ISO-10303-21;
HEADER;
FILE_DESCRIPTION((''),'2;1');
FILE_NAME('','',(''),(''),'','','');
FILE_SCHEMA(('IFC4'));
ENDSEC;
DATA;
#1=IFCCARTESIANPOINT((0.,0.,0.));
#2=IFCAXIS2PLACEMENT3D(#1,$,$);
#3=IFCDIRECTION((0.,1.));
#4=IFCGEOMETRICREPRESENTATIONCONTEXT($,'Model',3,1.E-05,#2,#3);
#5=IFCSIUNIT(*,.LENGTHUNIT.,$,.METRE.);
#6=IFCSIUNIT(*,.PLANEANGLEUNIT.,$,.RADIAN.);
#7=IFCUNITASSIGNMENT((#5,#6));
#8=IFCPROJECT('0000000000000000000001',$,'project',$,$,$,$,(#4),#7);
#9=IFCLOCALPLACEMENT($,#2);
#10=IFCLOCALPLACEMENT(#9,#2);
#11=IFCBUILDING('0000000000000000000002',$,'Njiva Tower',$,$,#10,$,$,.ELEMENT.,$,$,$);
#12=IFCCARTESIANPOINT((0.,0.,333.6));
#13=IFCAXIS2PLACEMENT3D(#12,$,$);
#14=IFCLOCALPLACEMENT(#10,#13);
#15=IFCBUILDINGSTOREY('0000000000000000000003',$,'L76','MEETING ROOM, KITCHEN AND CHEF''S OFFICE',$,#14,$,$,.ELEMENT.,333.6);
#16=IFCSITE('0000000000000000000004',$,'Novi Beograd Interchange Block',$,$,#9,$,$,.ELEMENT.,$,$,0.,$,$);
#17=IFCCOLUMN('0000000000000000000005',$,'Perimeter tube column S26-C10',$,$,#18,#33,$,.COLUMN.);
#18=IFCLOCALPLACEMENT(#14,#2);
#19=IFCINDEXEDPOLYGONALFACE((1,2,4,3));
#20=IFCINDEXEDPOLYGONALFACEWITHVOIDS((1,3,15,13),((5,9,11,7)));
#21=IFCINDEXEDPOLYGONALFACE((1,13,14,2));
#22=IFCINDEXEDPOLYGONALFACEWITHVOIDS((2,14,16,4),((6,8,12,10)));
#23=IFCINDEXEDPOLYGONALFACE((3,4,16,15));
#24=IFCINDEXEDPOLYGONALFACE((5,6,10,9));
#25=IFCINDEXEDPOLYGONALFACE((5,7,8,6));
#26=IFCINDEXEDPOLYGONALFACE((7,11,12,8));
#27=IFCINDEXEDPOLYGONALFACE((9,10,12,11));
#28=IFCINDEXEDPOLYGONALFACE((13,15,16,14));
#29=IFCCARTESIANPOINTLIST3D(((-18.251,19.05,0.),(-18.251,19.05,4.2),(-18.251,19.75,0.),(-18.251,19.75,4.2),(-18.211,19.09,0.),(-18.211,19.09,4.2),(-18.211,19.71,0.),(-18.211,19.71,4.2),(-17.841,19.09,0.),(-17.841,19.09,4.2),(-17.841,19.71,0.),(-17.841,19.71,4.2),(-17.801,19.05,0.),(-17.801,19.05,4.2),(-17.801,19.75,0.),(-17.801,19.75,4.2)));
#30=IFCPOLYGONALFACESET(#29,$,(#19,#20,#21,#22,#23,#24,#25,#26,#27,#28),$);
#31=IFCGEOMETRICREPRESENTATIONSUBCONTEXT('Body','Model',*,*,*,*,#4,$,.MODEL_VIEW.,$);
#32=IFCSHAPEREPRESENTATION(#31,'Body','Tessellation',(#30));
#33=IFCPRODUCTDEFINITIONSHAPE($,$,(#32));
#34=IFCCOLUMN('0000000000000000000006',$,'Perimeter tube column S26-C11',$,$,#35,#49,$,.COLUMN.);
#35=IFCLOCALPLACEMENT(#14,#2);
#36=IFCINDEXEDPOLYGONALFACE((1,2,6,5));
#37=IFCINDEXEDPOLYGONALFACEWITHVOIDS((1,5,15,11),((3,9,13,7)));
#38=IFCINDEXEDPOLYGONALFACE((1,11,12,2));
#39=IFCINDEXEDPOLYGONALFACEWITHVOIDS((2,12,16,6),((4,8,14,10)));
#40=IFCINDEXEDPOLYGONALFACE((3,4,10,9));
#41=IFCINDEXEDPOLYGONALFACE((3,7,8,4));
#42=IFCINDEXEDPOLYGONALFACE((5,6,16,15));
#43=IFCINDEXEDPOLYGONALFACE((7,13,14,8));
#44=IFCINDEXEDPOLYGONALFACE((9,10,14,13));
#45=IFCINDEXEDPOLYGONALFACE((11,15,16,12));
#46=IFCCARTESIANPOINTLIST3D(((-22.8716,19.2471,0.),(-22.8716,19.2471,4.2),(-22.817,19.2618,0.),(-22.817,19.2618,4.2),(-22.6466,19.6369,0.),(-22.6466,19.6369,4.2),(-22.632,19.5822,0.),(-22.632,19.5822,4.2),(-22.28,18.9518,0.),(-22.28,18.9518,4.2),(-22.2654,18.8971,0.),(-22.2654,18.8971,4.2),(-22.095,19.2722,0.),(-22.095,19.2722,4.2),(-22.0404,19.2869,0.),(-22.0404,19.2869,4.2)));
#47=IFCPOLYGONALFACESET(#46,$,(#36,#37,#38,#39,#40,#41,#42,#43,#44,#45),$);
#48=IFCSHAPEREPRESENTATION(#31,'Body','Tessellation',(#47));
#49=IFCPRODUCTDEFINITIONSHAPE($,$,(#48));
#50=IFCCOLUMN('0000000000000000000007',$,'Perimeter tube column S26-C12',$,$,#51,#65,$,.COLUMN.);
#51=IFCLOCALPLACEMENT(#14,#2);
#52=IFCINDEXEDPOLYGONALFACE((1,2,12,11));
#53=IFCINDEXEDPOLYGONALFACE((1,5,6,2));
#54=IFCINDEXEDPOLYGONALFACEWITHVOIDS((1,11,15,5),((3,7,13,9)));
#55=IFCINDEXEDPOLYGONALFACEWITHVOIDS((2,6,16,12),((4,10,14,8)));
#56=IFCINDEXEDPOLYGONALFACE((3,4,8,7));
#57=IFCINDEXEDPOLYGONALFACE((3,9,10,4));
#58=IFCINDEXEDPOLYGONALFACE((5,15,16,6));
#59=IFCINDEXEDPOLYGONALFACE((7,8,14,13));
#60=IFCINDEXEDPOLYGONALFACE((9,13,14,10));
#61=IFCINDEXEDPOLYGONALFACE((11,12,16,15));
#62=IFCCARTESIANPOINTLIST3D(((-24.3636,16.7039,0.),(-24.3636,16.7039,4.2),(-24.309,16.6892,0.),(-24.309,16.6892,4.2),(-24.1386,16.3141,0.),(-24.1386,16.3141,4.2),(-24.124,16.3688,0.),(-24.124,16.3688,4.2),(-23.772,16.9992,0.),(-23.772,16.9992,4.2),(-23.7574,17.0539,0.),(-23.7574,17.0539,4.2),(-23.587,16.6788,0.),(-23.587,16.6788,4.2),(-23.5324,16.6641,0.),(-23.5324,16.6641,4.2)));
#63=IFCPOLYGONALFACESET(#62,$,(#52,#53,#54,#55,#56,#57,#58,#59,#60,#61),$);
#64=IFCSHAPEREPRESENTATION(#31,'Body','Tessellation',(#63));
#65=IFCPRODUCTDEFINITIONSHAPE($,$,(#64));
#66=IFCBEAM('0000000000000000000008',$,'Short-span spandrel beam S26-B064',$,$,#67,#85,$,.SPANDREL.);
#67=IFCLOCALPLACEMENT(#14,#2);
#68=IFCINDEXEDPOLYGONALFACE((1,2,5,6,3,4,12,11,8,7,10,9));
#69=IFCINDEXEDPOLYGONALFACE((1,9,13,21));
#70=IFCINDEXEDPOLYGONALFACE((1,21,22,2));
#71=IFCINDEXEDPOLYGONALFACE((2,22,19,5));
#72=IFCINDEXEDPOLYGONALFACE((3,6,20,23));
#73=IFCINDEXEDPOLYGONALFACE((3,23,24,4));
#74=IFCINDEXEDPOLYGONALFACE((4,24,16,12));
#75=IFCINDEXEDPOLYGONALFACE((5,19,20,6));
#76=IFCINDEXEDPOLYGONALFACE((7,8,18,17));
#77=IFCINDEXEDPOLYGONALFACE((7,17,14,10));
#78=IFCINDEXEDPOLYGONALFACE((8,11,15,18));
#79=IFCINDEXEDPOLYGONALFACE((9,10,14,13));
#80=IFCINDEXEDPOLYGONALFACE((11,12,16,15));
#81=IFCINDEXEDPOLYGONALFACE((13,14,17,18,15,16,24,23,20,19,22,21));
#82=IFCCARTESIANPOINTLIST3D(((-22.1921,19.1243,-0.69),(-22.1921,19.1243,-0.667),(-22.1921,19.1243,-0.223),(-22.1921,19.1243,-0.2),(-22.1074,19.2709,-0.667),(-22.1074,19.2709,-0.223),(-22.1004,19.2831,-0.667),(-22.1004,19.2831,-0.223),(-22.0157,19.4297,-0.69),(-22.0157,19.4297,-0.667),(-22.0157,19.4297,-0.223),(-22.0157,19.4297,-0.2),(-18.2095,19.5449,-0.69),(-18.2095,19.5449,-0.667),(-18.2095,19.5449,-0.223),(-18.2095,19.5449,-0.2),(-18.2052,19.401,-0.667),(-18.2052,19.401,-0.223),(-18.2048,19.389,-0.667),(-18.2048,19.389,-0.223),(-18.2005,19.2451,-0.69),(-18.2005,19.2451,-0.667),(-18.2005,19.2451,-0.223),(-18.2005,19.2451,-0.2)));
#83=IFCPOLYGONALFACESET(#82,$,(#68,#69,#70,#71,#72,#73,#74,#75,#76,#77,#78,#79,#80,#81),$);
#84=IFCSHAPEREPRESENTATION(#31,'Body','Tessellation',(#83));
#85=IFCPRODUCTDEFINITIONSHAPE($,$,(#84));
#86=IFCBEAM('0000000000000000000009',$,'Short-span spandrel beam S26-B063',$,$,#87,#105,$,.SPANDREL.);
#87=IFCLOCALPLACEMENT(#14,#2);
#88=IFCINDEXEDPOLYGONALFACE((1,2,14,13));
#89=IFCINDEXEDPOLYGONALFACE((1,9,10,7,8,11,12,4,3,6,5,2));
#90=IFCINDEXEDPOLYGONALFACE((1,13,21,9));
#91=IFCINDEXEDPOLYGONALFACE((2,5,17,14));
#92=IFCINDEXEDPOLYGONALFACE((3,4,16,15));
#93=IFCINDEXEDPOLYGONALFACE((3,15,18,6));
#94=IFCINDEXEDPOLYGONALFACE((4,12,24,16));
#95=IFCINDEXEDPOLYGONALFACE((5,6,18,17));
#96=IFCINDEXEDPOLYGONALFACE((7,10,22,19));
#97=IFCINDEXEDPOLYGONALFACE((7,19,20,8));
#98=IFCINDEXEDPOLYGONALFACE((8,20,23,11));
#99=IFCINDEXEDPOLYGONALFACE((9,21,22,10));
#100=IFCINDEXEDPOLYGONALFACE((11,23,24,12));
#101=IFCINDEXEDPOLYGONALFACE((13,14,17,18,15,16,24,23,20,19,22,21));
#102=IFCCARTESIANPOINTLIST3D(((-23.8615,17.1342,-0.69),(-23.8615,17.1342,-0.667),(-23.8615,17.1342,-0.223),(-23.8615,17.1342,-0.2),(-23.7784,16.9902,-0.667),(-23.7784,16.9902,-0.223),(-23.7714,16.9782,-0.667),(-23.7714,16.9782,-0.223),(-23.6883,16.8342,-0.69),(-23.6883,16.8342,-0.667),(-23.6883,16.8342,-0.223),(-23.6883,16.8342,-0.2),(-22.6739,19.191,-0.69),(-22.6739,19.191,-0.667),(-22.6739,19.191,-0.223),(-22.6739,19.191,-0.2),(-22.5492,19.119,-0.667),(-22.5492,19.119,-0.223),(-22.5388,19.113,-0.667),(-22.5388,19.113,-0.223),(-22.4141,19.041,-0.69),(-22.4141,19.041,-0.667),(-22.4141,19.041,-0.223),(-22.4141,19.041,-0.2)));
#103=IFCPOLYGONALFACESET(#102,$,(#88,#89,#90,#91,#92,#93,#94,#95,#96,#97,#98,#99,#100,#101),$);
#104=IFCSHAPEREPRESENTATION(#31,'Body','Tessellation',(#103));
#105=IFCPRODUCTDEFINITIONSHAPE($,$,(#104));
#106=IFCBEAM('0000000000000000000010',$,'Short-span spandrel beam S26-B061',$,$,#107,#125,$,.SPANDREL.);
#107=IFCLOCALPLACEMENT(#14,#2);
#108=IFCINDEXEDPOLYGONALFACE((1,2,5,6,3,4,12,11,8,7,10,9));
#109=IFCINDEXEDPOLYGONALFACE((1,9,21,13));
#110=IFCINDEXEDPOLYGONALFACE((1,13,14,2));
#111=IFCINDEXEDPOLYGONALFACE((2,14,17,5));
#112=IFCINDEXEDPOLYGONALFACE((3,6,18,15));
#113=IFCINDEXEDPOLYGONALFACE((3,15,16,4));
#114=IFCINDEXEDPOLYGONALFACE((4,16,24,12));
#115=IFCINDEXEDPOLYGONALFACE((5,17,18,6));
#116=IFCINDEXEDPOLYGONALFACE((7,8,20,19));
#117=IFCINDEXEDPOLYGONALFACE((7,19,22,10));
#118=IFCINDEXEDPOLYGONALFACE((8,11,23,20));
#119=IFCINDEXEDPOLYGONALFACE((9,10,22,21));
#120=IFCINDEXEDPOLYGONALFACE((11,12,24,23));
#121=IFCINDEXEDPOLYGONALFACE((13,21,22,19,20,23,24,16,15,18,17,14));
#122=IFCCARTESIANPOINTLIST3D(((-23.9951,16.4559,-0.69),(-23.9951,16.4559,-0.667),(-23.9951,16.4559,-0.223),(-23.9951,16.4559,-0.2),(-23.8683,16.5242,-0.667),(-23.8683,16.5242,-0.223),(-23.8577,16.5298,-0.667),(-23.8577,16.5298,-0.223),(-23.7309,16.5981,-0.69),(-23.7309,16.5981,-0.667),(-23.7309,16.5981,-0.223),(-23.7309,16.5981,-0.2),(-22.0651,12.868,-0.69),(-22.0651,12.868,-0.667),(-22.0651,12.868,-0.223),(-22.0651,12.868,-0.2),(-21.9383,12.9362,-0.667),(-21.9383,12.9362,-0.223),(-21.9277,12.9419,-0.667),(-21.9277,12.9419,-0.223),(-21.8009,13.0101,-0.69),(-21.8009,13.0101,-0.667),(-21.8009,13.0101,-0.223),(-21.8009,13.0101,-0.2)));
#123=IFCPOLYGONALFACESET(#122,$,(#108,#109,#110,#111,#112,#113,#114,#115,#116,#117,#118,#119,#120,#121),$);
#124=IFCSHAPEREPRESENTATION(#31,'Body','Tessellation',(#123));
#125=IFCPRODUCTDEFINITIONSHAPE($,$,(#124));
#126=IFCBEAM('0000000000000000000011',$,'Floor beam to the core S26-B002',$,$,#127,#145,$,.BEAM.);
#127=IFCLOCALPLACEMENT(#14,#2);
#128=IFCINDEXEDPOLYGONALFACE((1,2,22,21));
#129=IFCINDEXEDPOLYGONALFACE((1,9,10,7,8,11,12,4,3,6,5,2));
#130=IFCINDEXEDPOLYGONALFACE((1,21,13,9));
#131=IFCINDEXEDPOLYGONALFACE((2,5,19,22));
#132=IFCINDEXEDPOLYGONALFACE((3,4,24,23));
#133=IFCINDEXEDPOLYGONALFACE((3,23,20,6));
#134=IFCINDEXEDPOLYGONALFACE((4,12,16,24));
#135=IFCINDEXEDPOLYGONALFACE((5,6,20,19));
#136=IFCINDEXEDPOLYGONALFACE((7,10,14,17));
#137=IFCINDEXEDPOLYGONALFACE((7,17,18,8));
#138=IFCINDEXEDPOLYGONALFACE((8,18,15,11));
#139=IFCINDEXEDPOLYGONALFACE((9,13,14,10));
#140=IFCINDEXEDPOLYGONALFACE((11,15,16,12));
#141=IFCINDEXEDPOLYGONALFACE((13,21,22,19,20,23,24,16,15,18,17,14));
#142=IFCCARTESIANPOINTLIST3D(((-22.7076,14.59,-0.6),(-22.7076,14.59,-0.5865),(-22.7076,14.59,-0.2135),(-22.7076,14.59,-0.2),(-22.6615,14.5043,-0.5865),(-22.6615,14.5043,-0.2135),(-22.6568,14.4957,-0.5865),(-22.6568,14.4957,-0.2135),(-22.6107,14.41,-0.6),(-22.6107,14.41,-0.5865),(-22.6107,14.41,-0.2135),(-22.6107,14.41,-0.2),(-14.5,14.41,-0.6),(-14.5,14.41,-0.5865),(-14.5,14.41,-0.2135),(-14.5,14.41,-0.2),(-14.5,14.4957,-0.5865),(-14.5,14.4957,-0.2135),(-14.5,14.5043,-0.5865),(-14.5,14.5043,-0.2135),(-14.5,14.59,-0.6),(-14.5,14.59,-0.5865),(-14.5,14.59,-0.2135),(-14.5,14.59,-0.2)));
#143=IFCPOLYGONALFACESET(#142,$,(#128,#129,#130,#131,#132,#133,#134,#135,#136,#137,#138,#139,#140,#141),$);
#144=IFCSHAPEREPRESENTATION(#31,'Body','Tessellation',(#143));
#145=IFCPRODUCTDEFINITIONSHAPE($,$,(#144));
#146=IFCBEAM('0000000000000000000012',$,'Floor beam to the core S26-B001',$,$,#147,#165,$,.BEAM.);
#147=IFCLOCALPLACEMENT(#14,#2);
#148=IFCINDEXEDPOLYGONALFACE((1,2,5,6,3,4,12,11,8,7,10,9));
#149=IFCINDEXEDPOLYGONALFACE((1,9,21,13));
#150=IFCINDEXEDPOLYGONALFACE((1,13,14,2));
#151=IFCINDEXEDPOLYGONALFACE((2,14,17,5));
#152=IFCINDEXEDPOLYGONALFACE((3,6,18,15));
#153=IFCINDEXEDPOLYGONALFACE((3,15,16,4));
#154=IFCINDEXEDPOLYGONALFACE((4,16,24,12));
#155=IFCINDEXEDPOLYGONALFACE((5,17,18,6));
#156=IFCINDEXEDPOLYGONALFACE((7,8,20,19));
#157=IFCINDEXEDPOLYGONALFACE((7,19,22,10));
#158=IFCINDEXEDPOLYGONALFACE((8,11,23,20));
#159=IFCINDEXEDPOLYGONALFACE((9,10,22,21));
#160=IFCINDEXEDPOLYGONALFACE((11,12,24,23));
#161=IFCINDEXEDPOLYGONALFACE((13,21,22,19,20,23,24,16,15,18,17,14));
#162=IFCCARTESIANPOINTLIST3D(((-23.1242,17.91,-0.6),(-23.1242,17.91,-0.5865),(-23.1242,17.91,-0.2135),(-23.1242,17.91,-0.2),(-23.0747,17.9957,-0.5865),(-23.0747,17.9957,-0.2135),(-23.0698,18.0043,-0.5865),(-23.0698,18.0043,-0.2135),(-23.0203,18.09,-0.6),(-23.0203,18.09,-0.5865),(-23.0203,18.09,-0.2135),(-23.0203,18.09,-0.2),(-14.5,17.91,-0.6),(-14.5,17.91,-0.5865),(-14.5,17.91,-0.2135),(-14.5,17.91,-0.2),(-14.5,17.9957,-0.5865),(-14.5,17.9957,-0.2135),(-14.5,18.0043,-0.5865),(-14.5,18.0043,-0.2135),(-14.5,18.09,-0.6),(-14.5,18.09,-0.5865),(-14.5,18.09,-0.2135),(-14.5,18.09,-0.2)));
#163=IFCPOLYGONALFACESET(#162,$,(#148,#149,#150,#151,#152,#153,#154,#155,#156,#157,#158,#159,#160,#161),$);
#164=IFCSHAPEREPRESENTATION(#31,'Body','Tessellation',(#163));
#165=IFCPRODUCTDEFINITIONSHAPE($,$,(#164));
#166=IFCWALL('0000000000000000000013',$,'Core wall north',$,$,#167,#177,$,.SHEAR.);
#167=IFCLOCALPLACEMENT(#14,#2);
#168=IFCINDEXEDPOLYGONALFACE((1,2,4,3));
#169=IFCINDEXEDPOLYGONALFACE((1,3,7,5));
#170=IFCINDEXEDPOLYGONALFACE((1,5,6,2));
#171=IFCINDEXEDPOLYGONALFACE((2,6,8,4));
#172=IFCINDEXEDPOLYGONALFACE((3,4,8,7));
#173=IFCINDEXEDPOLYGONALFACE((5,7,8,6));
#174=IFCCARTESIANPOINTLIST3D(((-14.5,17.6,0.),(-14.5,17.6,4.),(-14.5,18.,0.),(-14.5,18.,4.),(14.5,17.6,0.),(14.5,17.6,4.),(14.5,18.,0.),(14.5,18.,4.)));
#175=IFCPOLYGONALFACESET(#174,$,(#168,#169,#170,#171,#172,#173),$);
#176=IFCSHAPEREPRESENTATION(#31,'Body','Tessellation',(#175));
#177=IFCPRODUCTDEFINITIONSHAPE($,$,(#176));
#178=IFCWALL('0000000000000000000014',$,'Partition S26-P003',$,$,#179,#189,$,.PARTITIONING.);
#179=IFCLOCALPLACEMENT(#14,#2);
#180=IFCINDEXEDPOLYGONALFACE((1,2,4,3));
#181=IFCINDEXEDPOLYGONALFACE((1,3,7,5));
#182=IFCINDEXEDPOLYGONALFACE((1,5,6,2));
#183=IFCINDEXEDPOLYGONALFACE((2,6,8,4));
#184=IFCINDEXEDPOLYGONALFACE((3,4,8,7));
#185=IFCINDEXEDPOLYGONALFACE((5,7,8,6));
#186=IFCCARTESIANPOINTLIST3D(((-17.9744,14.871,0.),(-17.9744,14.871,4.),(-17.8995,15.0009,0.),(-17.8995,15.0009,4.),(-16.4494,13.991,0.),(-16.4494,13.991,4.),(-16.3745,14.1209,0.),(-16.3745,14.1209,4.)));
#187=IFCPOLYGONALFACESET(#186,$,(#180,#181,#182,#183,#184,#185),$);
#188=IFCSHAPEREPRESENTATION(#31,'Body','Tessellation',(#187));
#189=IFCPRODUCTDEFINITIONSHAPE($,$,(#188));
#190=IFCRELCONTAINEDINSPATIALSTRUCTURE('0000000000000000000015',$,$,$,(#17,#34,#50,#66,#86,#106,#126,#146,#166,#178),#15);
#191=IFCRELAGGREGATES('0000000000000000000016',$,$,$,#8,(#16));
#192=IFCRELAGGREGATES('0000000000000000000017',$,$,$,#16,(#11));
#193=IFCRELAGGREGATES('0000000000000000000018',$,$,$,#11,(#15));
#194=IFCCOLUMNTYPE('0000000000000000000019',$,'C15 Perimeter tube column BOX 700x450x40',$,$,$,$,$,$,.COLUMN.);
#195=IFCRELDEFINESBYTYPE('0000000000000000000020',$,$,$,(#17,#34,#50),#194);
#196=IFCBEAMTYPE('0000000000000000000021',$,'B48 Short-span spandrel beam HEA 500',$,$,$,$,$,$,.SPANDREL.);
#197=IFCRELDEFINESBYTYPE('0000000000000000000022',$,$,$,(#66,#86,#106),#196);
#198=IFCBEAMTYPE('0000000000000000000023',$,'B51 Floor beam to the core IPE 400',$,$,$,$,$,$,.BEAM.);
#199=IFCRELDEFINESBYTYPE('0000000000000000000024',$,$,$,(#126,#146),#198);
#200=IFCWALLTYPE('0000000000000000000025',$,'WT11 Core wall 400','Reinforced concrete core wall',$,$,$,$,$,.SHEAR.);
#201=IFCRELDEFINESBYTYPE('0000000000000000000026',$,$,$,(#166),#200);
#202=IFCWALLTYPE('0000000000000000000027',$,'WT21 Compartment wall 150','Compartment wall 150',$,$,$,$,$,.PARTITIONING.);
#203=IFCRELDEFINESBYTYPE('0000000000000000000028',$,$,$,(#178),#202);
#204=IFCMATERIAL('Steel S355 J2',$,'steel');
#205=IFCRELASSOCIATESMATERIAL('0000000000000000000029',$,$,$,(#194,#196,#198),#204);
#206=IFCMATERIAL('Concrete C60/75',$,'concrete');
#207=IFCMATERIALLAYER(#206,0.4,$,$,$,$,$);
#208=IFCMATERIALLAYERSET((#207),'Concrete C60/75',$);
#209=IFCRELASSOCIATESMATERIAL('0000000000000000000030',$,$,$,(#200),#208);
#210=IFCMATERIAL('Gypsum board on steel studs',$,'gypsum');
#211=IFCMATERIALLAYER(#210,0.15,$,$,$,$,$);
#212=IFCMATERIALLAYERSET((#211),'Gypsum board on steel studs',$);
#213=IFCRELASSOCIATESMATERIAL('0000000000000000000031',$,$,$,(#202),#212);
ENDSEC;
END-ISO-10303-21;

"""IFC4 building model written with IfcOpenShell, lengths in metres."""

from ifc_helpers import new_model, si_unit, direction, frame, frame_2d, origin, origin_2d, place, context, subcontext, project, spatial, rectangle, hollow_rectangle, i_section, extrude, clip, halfspace, material, layer, layer_set, material_profile, profile_set, type_object, element, save


model = new_model("IFC4")

# Units and contexts
model_context = context("Model", 3, precision=1e-05, world=origin(), true_north=direction((0.0, 1.0)))
body_context = subcontext(model_context, "Body", "Model", "MODEL_VIEW")
ifc_project = project(units=[si_unit("LENGTHUNIT", "METRE"), si_unit("PLANEANGLEUNIT", "RADIAN")], contexts=[model_context])

# Site, building, storey
site_placement = place(None, origin())
site = spatial("IfcSite", under=ifc_project, at=site_placement, Name="Novi Beograd Interchange Block", CompositionType="ELEMENT", RefElevation=0.0)
building_placement = place(site_placement, origin())
building = spatial("IfcBuilding", under=site, at=building_placement, Name="Njiva Tower", CompositionType="ELEMENT")
storey_placement = place(building_placement, frame((0.0, 0.0, 333.6)))
storey = spatial("IfcBuildingStorey", under=building, at=storey_placement, Name="L76", Description="MEETING ROOM, KITCHEN AND CHEF'S OFFICE", CompositionType="ELEMENT", Elevation=333.6)

# Columns
ifc_material_1 = material(Name="Steel S355 J2", Category="steel")
ifc_material_profile_1 = material_profile(ifc_material_1, hollow_rectangle(XDim=0.45, YDim=0.7, WallThickness=0.04, at=origin_2d()), Name="BOX 700x450x40")
ifc_profile_set_1 = profile_set([ifc_material_profile_1], Name="Steel S355 J2")
column_type = type_object("IfcColumnType", Name="C15 Perimeter tube column BOX 700x450x40", PredefinedType="COLUMN", material=ifc_profile_set_1)
for number, where, z_axis, x_axis, name in (
    (1, (-18.026, 19.4, 0.0), (0.0, 0.0, 1.0), (-1.0, 0.0, 0.0), "Perimeter tube column S26-C10"),
    (2, (-22.456, 19.267, 0.0), (0.0, 0.0, 1.0), (-0.5, -0.866025, 0.0), "Perimeter tube column S26-C11"),
    (3, (-23.948, 16.684, 0.0), (0.0, 0.0, 1.0), (0.5, -0.866025, 0.0), "Perimeter tube column S26-C12"),
):
    element("IfcColumn", number, at=place(storey_placement, frame(where, z_axis=z_axis, x_axis=x_axis)), inside=storey, type_object=column_type, Name=name, PredefinedType="COLUMN", context=body_context, shape_type="SweptSolid", body=[
        extrude(hollow_rectangle(XDim=0.45, YDim=0.7, WallThickness=0.04, at=origin_2d()), origin(), (0.0, 0.0, 1.0), 4.2),
    ])

# Beams
ifc_material_profile_2 = material_profile(ifc_material_1, i_section(OverallWidth=0.3, OverallDepth=0.49, WebThickness=0.012, FlangeThickness=0.023, at=origin_2d()), Name="HEA 500")
ifc_profile_set_2 = profile_set([ifc_material_profile_2], Name="Steel S355 J2")
beam_type_1 = type_object("IfcBeamType", Name="B48 Short-span spandrel beam HEA 500", PredefinedType="SPANDREL", material=ifc_profile_set_2)
beam_1_placement = place(storey_placement, frame((-18.205, 19.395, -0.445), z_axis=(-0.999542, -0.03025, 0.0), x_axis=(0.03025, -0.999542, 0.0)))
element("IfcBeam", 4, at=beam_1_placement, inside=storey, type_object=beam_type_1, Name="Short-span spandrel beam S26-B064", PredefinedType="SPANDREL", context=body_context, shape_type="Clipping", body=[
    clip(extrude(i_section(OverallWidth=0.3, OverallDepth=0.49, WebThickness=0.012, FlangeThickness=0.023, at=origin_2d()), origin(), (0.0, 0.0, 1.0), 4.0138), halfspace(frame((-0.0268, 0.0, 3.8841), z_axis=(-0.525967, 0.0, 0.850505), x_axis=(0.0, 1.0, 0.0)), False)),
])
beam_2_placement = place(storey_placement, frame((-22.544, 19.116, -0.445), z_axis=(-0.500027, -0.86601, 0.0), x_axis=(0.86601, -0.500027, 0.0)))
element("IfcBeam", 5, at=beam_2_placement, inside=storey, type_object=beam_type_1, Name="Short-span spandrel beam S26-B063", PredefinedType="SPANDREL", context=body_context, shape_type="Clipping", body=[
    clip(extrude(i_section(OverallWidth=0.3, OverallDepth=0.49, WebThickness=0.012, FlangeThickness=0.023, at=origin_2d()), origin(), (0.0, 0.0, 1.0), 2.5689), halfspace(frame((-0.0244, 0.0, 2.4476), z_axis=(-0.499975, 0.0, 0.86604), x_axis=(0.0, 1.0, 0.0)), False)),
])
beam_3_placement = place(storey_placement, frame((-23.863, 16.527, -0.445), z_axis=(0.473719, -0.880676, 0.0), x_axis=(0.880676, 0.473719, 0.0)))
element("IfcBeam", 6, at=beam_3_placement, inside=storey, type_object=beam_type_1, Name="Short-span spandrel beam S26-B061", PredefinedType="SPANDREL", context=body_context, shape_type="SweptSolid", body=[
    extrude(i_section(OverallWidth=0.3, OverallDepth=0.49, WebThickness=0.012, FlangeThickness=0.023, at=origin_2d()), origin(), (0.0, 0.0, 1.0), 4.0741),
])
ifc_material_profile_3 = material_profile(ifc_material_1, i_section(OverallWidth=0.18, OverallDepth=0.4, WebThickness=0.0086, FlangeThickness=0.0135, at=origin_2d()), Name="IPE 400")
ifc_profile_set_3 = profile_set([ifc_material_profile_3], Name="Steel S355 J2")
beam_type_2 = type_object("IfcBeamType", Name="B51 Floor beam to the core IPE 400", PredefinedType="BEAM", material=ifc_profile_set_3)
beam_4_placement = place(storey_placement, frame((-22.727, 14.5, -0.4), z_axis=(1.0, 0.0, 0.0), x_axis=(0.0, 1.0, 0.0)))
element("IfcBeam", 7, at=beam_4_placement, inside=storey, type_object=beam_type_2, Name="Floor beam to the core S26-B002", PredefinedType="BEAM", context=body_context, shape_type="Clipping", body=[
    clip(extrude(i_section(OverallWidth=0.18, OverallDepth=0.4, WebThickness=0.0086, FlangeThickness=0.0135, at=origin_2d()), origin(), (0.0, 0.0, 1.0), 8.227), halfspace(frame((-0.0237, 0.0, 0.0806), z_axis=(-0.473762, 0.0, -0.880653), x_axis=(0.0, -1.0, 0.0)), False)),
])
beam_5_placement = place(storey_placement, frame((-23.144, 18.0, -0.4), z_axis=(1.0, 0.0, 0.0), x_axis=(0.0, 1.0, 0.0)))
element("IfcBeam", 8, at=beam_5_placement, inside=storey, type_object=beam_type_2, Name="Floor beam to the core S26-B001", PredefinedType="BEAM", context=body_context, shape_type="Clipping", body=[
    clip(extrude(i_section(OverallWidth=0.18, OverallDepth=0.4, WebThickness=0.0086, FlangeThickness=0.0135, at=origin_2d()), origin(), (0.0, 0.0, 1.0), 8.644), halfspace(frame((0.025, 0.0, 0.0862), z_axis=(0.499998, 0.0, -0.866027), x_axis=(0.0, -1.0, 0.0)), False)),
])

# Walls
ifc_material_2 = material(Name="Concrete C60/75", Category="concrete")
ifc_layer_1 = layer(ifc_material_2, 0.4)
ifc_layer_set_1 = layer_set([ifc_layer_1], Name="Concrete C60/75")
wall_type_1 = type_object("IfcWallType", Name="WT11 Core wall 400", Description="Reinforced concrete core wall", PredefinedType="SHEAR", material=ifc_layer_set_1)
wall_1_placement = place(storey_placement, frame((-14.5, 17.8, 0.0), z_axis=(0.0, 0.0, 1.0), x_axis=(1.0, 0.0, 0.0)))
element("IfcWall", 9, at=wall_1_placement, inside=storey, type_object=wall_type_1, Name="Core wall north", PredefinedType="SHEAR", context=body_context, shape_type="SweptSolid", body=[
    extrude(rectangle(XDim=29.0, YDim=0.4, at=frame_2d((14.5, 0.0))), origin(), (0.0, 0.0, 1.0), 4.0),
])
ifc_material_3 = material(Name="Gypsum board on steel studs", Category="gypsum")
ifc_layer_2 = layer(ifc_material_3, 0.15)
ifc_layer_set_2 = layer_set([ifc_layer_2], Name="Gypsum board on steel studs")
wall_type_2 = type_object("IfcWallType", Name="WT21 Compartment wall 150", Description="Compartment wall 150", PredefinedType="PARTITIONING", material=ifc_layer_set_2)
wall_2_placement = place(storey_placement, frame((-17.937, 14.936, 0.0), z_axis=(0.0, 0.0, 1.0), x_axis=(0.866138, -0.499804, 0.0)))
element("IfcWall", 10, at=wall_2_placement, inside=storey, type_object=wall_type_2, Name="Partition S26-P003", PredefinedType="PARTITIONING", context=body_context, shape_type="SweptSolid", body=[
    extrude(rectangle(XDim=1.7607, YDim=0.15, at=frame_2d((0.8804, 0.0))), origin(), (0.0, 0.0, 1.0), 4.0),
])

save(model, "model.ifc")
